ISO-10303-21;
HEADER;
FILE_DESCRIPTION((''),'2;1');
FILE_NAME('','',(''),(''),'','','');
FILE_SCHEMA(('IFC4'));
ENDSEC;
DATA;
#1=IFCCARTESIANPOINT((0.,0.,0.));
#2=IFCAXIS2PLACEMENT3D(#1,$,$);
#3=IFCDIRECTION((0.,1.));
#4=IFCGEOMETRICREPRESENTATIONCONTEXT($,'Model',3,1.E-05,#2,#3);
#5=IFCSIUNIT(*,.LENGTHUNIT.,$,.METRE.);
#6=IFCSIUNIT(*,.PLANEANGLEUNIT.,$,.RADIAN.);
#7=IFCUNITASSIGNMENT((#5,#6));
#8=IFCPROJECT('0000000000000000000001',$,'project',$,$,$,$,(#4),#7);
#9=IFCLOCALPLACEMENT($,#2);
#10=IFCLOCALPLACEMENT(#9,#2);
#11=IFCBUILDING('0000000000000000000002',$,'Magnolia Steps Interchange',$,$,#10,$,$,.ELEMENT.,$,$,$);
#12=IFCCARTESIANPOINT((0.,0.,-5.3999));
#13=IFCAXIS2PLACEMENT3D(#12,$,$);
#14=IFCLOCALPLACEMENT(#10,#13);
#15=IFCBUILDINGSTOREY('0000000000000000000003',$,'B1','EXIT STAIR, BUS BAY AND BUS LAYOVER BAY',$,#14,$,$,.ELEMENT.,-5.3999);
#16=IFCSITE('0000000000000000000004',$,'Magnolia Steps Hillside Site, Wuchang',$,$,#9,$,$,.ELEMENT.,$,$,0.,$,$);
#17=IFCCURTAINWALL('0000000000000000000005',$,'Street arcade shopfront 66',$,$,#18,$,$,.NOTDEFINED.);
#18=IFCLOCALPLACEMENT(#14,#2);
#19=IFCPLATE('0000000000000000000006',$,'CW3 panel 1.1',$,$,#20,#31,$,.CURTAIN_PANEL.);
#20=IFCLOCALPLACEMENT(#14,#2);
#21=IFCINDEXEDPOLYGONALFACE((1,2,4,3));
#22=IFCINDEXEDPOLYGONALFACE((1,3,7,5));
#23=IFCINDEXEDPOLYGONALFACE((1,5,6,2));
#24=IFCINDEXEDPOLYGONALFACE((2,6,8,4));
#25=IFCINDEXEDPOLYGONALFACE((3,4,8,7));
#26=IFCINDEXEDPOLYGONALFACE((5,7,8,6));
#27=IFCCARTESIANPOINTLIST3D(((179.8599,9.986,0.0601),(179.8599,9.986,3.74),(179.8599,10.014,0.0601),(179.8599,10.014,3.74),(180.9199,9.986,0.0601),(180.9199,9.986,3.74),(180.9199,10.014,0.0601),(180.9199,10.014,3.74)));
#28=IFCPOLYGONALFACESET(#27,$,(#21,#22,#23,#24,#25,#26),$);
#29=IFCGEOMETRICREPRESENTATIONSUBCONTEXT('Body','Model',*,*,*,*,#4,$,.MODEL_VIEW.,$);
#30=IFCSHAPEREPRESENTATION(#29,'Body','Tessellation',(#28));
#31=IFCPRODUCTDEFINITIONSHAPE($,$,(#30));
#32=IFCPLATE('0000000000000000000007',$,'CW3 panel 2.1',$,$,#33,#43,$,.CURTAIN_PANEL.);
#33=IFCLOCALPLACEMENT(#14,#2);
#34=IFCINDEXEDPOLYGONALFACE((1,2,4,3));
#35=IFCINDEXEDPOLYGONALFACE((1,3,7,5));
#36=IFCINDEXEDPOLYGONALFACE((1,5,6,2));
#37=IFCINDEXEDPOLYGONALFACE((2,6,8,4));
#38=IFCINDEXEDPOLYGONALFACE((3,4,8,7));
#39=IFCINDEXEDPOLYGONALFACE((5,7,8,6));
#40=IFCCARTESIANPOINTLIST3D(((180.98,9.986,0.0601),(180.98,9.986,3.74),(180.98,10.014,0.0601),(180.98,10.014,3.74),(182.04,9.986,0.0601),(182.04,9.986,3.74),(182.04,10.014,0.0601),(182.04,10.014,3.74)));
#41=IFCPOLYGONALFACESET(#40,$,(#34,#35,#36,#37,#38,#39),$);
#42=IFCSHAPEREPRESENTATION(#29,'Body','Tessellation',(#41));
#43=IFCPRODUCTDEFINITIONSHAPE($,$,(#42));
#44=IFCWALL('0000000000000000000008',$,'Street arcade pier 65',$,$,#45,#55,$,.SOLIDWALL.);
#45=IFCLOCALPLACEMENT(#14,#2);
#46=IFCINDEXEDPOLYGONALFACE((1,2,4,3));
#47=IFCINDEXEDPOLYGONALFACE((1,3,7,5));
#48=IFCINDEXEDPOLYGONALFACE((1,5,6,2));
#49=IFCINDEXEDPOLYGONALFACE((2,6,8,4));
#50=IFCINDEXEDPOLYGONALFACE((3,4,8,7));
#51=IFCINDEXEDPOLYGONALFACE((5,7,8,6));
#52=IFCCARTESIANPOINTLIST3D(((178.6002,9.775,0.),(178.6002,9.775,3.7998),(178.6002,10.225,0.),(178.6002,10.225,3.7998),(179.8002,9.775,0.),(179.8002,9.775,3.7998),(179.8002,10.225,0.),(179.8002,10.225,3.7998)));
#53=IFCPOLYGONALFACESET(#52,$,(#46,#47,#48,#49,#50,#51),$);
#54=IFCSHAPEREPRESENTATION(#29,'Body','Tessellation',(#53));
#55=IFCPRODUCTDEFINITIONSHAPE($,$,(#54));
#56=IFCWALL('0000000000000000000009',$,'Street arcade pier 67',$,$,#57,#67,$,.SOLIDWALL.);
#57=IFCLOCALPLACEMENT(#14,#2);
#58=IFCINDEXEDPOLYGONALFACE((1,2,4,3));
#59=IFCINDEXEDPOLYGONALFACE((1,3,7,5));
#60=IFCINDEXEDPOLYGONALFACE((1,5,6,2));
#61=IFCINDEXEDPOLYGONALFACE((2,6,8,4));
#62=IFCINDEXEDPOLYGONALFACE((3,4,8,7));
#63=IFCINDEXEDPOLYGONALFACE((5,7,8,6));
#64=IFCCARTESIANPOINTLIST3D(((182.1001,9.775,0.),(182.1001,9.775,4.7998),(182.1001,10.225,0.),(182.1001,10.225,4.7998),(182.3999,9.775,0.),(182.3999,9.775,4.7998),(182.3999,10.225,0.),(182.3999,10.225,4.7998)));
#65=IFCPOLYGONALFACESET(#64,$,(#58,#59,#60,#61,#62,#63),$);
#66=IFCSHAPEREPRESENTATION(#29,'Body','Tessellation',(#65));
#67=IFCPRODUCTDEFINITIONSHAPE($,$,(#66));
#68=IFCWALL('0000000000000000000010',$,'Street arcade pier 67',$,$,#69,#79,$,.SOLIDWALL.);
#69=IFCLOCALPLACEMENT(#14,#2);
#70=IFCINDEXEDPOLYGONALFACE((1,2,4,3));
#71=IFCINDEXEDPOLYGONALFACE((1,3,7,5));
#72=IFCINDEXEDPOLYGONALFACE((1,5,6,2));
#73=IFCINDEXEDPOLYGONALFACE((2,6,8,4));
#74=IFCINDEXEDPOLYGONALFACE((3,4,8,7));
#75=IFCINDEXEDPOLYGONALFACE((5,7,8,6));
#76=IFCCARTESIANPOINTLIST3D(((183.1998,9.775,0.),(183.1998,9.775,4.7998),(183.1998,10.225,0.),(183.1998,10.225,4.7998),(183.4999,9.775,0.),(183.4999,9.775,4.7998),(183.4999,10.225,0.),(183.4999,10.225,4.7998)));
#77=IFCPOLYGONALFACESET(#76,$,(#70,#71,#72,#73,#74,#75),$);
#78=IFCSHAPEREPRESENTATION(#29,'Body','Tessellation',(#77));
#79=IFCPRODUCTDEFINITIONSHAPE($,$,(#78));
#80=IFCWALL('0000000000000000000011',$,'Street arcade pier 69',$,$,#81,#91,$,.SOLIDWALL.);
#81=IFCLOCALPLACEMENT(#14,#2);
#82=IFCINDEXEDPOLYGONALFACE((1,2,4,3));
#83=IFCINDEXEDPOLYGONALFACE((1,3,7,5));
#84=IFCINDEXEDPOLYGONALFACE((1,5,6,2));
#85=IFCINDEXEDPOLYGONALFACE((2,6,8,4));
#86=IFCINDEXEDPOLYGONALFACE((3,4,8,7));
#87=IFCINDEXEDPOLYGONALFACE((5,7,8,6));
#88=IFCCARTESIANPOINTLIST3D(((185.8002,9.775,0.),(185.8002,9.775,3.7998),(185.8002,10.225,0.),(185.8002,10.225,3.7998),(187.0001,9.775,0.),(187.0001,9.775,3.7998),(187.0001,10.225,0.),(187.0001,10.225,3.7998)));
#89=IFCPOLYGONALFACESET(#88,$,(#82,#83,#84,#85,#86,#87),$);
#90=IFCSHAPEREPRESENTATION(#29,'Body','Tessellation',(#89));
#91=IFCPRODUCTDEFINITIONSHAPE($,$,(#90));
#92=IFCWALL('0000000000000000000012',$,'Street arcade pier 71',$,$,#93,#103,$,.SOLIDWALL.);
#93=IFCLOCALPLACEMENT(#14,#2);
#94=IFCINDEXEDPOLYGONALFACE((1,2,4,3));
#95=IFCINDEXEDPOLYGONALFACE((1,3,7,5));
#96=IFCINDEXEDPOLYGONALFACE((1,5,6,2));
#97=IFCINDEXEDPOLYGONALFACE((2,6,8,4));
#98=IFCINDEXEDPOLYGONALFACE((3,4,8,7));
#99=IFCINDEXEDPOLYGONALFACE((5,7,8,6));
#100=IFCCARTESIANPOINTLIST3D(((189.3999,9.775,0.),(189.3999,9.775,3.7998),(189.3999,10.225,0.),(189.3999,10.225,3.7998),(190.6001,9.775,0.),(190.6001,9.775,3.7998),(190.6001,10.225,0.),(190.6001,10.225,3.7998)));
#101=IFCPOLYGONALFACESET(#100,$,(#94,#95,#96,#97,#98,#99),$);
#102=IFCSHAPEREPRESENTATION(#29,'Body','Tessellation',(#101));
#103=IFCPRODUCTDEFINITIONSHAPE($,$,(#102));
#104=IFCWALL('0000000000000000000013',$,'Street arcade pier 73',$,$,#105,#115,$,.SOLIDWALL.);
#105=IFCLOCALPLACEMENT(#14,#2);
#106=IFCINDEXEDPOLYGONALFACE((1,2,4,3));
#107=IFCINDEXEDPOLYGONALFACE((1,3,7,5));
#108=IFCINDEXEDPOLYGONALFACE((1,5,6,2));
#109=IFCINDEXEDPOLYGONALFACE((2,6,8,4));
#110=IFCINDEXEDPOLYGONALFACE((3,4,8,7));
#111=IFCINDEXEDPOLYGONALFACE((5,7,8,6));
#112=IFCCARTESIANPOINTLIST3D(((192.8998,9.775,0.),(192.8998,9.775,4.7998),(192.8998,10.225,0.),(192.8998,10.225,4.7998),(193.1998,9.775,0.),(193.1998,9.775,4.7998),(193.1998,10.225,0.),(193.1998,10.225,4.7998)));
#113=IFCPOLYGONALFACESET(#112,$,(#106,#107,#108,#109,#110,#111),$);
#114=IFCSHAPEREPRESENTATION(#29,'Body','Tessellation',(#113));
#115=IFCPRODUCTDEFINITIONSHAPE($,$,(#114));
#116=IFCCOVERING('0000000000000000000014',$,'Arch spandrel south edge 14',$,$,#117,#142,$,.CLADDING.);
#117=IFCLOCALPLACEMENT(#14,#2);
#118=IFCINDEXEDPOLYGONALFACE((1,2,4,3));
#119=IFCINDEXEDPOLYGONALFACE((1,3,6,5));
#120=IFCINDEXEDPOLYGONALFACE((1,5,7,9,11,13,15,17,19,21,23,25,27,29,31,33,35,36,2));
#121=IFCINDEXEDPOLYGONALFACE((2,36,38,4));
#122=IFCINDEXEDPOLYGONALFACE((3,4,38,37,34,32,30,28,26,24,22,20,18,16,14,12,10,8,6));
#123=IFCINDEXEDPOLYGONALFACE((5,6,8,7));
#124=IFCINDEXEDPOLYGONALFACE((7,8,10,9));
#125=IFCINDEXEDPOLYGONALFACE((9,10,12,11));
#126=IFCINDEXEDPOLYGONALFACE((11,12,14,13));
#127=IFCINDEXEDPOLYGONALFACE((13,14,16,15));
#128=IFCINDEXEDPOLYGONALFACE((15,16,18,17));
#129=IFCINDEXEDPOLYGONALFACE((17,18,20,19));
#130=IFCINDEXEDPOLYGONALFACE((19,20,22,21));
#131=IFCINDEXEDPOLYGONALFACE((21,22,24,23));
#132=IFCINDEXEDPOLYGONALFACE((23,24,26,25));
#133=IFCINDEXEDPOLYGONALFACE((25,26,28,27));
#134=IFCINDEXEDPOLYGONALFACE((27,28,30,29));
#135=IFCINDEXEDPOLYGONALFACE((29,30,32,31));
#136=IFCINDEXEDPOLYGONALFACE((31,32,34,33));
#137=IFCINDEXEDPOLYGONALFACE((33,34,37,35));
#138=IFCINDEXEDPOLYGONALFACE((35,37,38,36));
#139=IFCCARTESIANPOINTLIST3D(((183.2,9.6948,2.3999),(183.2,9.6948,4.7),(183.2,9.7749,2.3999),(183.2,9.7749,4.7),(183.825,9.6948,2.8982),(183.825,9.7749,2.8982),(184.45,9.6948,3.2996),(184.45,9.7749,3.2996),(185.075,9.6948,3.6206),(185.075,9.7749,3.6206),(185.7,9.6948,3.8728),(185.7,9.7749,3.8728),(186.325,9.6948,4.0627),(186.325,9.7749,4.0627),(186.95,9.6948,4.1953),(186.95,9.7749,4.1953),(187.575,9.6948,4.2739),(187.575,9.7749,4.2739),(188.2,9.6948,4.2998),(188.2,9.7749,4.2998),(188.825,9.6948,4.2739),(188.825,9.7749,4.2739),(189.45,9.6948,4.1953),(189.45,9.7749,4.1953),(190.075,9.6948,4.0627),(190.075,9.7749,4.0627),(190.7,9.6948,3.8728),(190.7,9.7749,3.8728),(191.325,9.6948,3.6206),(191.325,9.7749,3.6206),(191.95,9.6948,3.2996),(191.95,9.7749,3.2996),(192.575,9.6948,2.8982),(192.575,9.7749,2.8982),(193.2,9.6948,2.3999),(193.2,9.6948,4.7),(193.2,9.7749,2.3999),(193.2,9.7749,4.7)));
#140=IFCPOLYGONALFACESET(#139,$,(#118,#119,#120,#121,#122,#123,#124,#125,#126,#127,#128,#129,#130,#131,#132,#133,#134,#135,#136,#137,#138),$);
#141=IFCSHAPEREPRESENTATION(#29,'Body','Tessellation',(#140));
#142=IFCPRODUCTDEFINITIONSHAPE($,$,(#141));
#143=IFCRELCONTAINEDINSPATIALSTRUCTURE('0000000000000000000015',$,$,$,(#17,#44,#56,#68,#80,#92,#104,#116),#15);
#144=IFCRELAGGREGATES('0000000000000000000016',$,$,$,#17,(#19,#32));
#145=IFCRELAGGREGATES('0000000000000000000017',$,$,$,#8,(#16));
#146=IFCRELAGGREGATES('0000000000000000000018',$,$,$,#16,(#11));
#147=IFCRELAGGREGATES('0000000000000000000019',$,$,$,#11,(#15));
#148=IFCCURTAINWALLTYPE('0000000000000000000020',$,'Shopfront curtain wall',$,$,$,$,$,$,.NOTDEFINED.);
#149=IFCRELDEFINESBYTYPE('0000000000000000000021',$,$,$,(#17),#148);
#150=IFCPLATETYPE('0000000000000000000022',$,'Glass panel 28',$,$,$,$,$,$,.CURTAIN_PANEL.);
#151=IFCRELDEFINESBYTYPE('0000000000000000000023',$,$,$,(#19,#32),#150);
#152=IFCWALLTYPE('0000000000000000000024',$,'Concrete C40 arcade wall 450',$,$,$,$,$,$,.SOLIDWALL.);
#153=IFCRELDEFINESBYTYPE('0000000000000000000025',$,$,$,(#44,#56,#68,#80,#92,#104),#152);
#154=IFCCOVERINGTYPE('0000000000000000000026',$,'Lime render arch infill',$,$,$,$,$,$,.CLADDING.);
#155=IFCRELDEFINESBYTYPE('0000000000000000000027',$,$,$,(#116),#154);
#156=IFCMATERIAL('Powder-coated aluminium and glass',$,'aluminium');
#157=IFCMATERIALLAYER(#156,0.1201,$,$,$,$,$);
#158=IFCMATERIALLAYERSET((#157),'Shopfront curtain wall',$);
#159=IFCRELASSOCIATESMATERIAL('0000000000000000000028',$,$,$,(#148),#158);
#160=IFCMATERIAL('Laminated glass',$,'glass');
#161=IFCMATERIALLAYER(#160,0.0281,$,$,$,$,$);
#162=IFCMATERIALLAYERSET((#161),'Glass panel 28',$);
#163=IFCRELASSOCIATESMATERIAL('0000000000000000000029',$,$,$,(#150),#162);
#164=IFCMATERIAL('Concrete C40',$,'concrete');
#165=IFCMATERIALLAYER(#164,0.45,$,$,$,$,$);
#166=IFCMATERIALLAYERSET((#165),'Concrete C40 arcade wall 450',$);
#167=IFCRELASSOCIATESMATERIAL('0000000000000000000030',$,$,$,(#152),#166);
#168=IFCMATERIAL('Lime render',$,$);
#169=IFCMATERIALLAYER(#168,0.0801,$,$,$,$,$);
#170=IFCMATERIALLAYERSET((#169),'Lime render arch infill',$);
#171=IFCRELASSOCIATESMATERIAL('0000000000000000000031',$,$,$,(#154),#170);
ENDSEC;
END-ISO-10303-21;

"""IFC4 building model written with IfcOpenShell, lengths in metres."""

from ifc_helpers import new_model, si_unit, direction, frame, frame_2d, origin, origin_2d, place, context, subcontext, project, spatial, polyline, rectangle, outline, extrude, material, layer, layer_set, type_object, element, aggregate, save


model = new_model("IFC4")

# Units and contexts
model_context = context("Model", 3, precision=1e-05, world=origin(), true_north=direction((0.0, 1.0)))
body_context = subcontext(model_context, "Body", "Model", "MODEL_VIEW")
ifc_project = project(units=[si_unit("LENGTHUNIT", "METRE"), si_unit("PLANEANGLEUNIT", "RADIAN")], contexts=[model_context])

# Site, building, storey
site_placement = place(None, origin())
site = spatial("IfcSite", under=ifc_project, at=site_placement, Name="Magnolia Steps Hillside Site, Wuchang", CompositionType="ELEMENT", RefElevation=0.0)
building_placement = place(site_placement, origin())
building = spatial("IfcBuilding", under=site, at=building_placement, Name="Magnolia Steps Interchange", CompositionType="ELEMENT")
storey_placement = place(building_placement, frame((0.0, 0.0, -5.3999)))
storey = spatial("IfcBuildingStorey", under=building, at=storey_placement, Name="B1", Description="EXIT STAIR, BUS BAY AND BUS LAYOVER BAY", CompositionType="ELEMENT", Elevation=-5.3999)

# Shared definitions
ifc_material_1 = material(Name="Powder-coated aluminium and glass", Category="aluminium")
ifc_layer_1 = layer(ifc_material_1, 0.1201)
ifc_layer_set_1 = layer_set([ifc_layer_1], Name="Shopfront curtain wall")
curtain_wall_type = type_object("IfcCurtainWallType", Name="Shopfront curtain wall", PredefinedType="NOTDEFINED", material=ifc_layer_set_1)

# Curtain wall
curtain_wall_1_placement = place(storey_placement, origin())
curtain_wall_1 = element("IfcCurtainWall", 1, at=curtain_wall_1_placement, inside=storey, type_object=curtain_wall_type, Name="Street arcade shopfront 66", PredefinedType="NOTDEFINED")

# Plates
ifc_material_2 = material(Name="Laminated glass", Category="glass")
ifc_layer_2 = layer(ifc_material_2, 0.0281)
ifc_layer_set_2 = layer_set([ifc_layer_2], Name="Glass panel 28")
plate_type = type_object("IfcPlateType", Name="Glass panel 28", PredefinedType="CURTAIN_PANEL", material=ifc_layer_set_2)
plate_1_placement = place(storey_placement, frame((180.3899, 10.0, 0.0601), z_axis=(0.0, 0.0, 1.0), x_axis=(1.0, 0.0, 0.0)))
plate_1 = element("IfcPlate", 2, at=plate_1_placement, type_object=plate_type, Name="CW3 panel 1.1", PredefinedType="CURTAIN_PANEL", context=body_context, shape_type="SweptSolid", body=[
    extrude(rectangle(XDim=1.0601, YDim=0.0281, at=origin_2d()), origin(), (0.0, 0.0, 1.0), 3.6799),
])
plate_2_placement = place(storey_placement, frame((181.51, 10.0, 0.0601), z_axis=(0.0, 0.0, 1.0), x_axis=(1.0, 0.0, 0.0)))
plate_2 = element("IfcPlate", 3, at=plate_2_placement, type_object=plate_type, Name="CW3 panel 2.1", PredefinedType="CURTAIN_PANEL", context=body_context, shape_type="SweptSolid", body=[
    extrude(rectangle(XDim=1.0601, YDim=0.0281, at=origin_2d()), origin(), (0.0, 0.0, 1.0), 3.6799),
])
aggregate(curtain_wall_1, [plate_1, plate_2])

# Walls
ifc_material_3 = material(Name="Concrete C40", Category="concrete")
ifc_layer_3 = layer(ifc_material_3, 0.45)
ifc_layer_set_3 = layer_set([ifc_layer_3], Name="Concrete C40 arcade wall 450")
wall_type = type_object("IfcWallType", Name="Concrete C40 arcade wall 450", PredefinedType="SOLIDWALL", material=ifc_layer_set_3)
wall_1_placement = place(storey_placement, frame((178.6001, 10.0, 0.0), z_axis=(0.0, 0.0, 1.0), x_axis=(1.0, 0.0, 0.0)))
element("IfcWall", 4, at=wall_1_placement, inside=storey, type_object=wall_type, Name="Street arcade pier 65", PredefinedType="SOLIDWALL", context=body_context, shape_type="SweptSolid", body=[
    extrude(rectangle(XDim=1.2, YDim=0.45, at=frame_2d((0.6001, 0.0))), origin(), (0.0, 0.0, 1.0), 3.7998),
])
wall_2_placement = place(storey_placement, frame((182.1001, 10.0, 0.0), z_axis=(0.0, 0.0, 1.0), x_axis=(1.0, 0.0, 0.0)))
element("IfcWall", 5, at=wall_2_placement, inside=storey, type_object=wall_type, Name="Street arcade pier 67", PredefinedType="SOLIDWALL", context=body_context, shape_type="SweptSolid", body=[
    extrude(rectangle(XDim=0.2998, YDim=0.45, at=frame_2d((0.1499, 0.0))), origin(), (0.0, 0.0, 1.0), 4.7998),
])
wall_3_placement = place(storey_placement, frame((183.2, 10.0, 0.0), z_axis=(0.0, 0.0, 1.0), x_axis=(1.0, 0.0, 0.0)))
element("IfcWall", 6, at=wall_3_placement, inside=storey, type_object=wall_type, Name="Street arcade pier 67", PredefinedType="SOLIDWALL", context=body_context, shape_type="SweptSolid", body=[
    extrude(rectangle(XDim=0.3, YDim=0.45, at=frame_2d((0.1499, 0.0))), origin(), (0.0, 0.0, 1.0), 4.7998),
])
wall_4_placement = place(storey_placement, frame((185.8, 10.0, 0.0), z_axis=(0.0, 0.0, 1.0), x_axis=(1.0, 0.0, 0.0)))
element("IfcWall", 7, at=wall_4_placement, inside=storey, type_object=wall_type, Name="Street arcade pier 69", PredefinedType="SOLIDWALL", context=body_context, shape_type="SweptSolid", body=[
    extrude(rectangle(XDim=1.2, YDim=0.45, at=frame_2d((0.6001, 0.0))), origin(), (0.0, 0.0, 1.0), 3.7998),
])
wall_5_placement = place(storey_placement, frame((189.3999, 10.0, 0.0), z_axis=(0.0, 0.0, 1.0), x_axis=(1.0, 0.0, 0.0)))
element("IfcWall", 8, at=wall_5_placement, inside=storey, type_object=wall_type, Name="Street arcade pier 71", PredefinedType="SOLIDWALL", context=body_context, shape_type="SweptSolid", body=[
    extrude(rectangle(XDim=1.2002, YDim=0.45, at=frame_2d((0.6001, 0.0))), origin(), (0.0, 0.0, 1.0), 3.7998),
])
wall_6_placement = place(storey_placement, frame((192.8999, 10.0, 0.0), z_axis=(0.0, 0.0, 1.0), x_axis=(1.0, 0.0, 0.0)))
element("IfcWall", 9, at=wall_6_placement, inside=storey, type_object=wall_type, Name="Street arcade pier 73", PredefinedType="SOLIDWALL", context=body_context, shape_type="SweptSolid", body=[
    extrude(rectangle(XDim=0.3, YDim=0.45, at=frame_2d((0.1499, 0.0))), origin(), (0.0, 0.0, 1.0), 4.7998),
])

# Covering
ifc_material_4 = material(Name="Lime render")
ifc_layer_4 = layer(ifc_material_4, 0.0801)
ifc_layer_set_4 = layer_set([ifc_layer_4], Name="Lime render arch infill")
covering_type = type_object("IfcCoveringType", Name="Lime render arch infill", PredefinedType="CLADDING", material=ifc_layer_set_4)
covering_placement = place(storey_placement, frame((183.2, 9.7749, 2.3999), z_axis=(0.0, 1.0, 0.0), x_axis=(0.0, 0.0, 1.0)))
element("IfcCovering", 10, at=covering_placement, inside=storey, type_object=covering_type, Name="Arch spandrel south edge 14", PredefinedType="CLADDING", context=body_context, shape_type="SweptSolid", body=[
    extrude(outline(polyline([(0.0, 0.0), (2.3, 0.0), (2.3, 10.0), (0.0, 10.0), (0.4983, 9.375), (0.8997, 8.75), (1.2207, 8.125), (1.4729, 7.5), (1.6628, 6.875), (1.7954, 6.25), (1.874, 5.625), (1.8999, 5.0), (1.874, 4.375), (1.7954, 3.75), (1.6628, 3.125), (1.4729, 2.5), (1.2207, 1.875), (0.8997, 1.25), (0.4983, 0.625), (0.0, 0.0)])), origin(), (0.0, 0.0, -1.0), 0.0801),
])

save(model, "model.ifc")
